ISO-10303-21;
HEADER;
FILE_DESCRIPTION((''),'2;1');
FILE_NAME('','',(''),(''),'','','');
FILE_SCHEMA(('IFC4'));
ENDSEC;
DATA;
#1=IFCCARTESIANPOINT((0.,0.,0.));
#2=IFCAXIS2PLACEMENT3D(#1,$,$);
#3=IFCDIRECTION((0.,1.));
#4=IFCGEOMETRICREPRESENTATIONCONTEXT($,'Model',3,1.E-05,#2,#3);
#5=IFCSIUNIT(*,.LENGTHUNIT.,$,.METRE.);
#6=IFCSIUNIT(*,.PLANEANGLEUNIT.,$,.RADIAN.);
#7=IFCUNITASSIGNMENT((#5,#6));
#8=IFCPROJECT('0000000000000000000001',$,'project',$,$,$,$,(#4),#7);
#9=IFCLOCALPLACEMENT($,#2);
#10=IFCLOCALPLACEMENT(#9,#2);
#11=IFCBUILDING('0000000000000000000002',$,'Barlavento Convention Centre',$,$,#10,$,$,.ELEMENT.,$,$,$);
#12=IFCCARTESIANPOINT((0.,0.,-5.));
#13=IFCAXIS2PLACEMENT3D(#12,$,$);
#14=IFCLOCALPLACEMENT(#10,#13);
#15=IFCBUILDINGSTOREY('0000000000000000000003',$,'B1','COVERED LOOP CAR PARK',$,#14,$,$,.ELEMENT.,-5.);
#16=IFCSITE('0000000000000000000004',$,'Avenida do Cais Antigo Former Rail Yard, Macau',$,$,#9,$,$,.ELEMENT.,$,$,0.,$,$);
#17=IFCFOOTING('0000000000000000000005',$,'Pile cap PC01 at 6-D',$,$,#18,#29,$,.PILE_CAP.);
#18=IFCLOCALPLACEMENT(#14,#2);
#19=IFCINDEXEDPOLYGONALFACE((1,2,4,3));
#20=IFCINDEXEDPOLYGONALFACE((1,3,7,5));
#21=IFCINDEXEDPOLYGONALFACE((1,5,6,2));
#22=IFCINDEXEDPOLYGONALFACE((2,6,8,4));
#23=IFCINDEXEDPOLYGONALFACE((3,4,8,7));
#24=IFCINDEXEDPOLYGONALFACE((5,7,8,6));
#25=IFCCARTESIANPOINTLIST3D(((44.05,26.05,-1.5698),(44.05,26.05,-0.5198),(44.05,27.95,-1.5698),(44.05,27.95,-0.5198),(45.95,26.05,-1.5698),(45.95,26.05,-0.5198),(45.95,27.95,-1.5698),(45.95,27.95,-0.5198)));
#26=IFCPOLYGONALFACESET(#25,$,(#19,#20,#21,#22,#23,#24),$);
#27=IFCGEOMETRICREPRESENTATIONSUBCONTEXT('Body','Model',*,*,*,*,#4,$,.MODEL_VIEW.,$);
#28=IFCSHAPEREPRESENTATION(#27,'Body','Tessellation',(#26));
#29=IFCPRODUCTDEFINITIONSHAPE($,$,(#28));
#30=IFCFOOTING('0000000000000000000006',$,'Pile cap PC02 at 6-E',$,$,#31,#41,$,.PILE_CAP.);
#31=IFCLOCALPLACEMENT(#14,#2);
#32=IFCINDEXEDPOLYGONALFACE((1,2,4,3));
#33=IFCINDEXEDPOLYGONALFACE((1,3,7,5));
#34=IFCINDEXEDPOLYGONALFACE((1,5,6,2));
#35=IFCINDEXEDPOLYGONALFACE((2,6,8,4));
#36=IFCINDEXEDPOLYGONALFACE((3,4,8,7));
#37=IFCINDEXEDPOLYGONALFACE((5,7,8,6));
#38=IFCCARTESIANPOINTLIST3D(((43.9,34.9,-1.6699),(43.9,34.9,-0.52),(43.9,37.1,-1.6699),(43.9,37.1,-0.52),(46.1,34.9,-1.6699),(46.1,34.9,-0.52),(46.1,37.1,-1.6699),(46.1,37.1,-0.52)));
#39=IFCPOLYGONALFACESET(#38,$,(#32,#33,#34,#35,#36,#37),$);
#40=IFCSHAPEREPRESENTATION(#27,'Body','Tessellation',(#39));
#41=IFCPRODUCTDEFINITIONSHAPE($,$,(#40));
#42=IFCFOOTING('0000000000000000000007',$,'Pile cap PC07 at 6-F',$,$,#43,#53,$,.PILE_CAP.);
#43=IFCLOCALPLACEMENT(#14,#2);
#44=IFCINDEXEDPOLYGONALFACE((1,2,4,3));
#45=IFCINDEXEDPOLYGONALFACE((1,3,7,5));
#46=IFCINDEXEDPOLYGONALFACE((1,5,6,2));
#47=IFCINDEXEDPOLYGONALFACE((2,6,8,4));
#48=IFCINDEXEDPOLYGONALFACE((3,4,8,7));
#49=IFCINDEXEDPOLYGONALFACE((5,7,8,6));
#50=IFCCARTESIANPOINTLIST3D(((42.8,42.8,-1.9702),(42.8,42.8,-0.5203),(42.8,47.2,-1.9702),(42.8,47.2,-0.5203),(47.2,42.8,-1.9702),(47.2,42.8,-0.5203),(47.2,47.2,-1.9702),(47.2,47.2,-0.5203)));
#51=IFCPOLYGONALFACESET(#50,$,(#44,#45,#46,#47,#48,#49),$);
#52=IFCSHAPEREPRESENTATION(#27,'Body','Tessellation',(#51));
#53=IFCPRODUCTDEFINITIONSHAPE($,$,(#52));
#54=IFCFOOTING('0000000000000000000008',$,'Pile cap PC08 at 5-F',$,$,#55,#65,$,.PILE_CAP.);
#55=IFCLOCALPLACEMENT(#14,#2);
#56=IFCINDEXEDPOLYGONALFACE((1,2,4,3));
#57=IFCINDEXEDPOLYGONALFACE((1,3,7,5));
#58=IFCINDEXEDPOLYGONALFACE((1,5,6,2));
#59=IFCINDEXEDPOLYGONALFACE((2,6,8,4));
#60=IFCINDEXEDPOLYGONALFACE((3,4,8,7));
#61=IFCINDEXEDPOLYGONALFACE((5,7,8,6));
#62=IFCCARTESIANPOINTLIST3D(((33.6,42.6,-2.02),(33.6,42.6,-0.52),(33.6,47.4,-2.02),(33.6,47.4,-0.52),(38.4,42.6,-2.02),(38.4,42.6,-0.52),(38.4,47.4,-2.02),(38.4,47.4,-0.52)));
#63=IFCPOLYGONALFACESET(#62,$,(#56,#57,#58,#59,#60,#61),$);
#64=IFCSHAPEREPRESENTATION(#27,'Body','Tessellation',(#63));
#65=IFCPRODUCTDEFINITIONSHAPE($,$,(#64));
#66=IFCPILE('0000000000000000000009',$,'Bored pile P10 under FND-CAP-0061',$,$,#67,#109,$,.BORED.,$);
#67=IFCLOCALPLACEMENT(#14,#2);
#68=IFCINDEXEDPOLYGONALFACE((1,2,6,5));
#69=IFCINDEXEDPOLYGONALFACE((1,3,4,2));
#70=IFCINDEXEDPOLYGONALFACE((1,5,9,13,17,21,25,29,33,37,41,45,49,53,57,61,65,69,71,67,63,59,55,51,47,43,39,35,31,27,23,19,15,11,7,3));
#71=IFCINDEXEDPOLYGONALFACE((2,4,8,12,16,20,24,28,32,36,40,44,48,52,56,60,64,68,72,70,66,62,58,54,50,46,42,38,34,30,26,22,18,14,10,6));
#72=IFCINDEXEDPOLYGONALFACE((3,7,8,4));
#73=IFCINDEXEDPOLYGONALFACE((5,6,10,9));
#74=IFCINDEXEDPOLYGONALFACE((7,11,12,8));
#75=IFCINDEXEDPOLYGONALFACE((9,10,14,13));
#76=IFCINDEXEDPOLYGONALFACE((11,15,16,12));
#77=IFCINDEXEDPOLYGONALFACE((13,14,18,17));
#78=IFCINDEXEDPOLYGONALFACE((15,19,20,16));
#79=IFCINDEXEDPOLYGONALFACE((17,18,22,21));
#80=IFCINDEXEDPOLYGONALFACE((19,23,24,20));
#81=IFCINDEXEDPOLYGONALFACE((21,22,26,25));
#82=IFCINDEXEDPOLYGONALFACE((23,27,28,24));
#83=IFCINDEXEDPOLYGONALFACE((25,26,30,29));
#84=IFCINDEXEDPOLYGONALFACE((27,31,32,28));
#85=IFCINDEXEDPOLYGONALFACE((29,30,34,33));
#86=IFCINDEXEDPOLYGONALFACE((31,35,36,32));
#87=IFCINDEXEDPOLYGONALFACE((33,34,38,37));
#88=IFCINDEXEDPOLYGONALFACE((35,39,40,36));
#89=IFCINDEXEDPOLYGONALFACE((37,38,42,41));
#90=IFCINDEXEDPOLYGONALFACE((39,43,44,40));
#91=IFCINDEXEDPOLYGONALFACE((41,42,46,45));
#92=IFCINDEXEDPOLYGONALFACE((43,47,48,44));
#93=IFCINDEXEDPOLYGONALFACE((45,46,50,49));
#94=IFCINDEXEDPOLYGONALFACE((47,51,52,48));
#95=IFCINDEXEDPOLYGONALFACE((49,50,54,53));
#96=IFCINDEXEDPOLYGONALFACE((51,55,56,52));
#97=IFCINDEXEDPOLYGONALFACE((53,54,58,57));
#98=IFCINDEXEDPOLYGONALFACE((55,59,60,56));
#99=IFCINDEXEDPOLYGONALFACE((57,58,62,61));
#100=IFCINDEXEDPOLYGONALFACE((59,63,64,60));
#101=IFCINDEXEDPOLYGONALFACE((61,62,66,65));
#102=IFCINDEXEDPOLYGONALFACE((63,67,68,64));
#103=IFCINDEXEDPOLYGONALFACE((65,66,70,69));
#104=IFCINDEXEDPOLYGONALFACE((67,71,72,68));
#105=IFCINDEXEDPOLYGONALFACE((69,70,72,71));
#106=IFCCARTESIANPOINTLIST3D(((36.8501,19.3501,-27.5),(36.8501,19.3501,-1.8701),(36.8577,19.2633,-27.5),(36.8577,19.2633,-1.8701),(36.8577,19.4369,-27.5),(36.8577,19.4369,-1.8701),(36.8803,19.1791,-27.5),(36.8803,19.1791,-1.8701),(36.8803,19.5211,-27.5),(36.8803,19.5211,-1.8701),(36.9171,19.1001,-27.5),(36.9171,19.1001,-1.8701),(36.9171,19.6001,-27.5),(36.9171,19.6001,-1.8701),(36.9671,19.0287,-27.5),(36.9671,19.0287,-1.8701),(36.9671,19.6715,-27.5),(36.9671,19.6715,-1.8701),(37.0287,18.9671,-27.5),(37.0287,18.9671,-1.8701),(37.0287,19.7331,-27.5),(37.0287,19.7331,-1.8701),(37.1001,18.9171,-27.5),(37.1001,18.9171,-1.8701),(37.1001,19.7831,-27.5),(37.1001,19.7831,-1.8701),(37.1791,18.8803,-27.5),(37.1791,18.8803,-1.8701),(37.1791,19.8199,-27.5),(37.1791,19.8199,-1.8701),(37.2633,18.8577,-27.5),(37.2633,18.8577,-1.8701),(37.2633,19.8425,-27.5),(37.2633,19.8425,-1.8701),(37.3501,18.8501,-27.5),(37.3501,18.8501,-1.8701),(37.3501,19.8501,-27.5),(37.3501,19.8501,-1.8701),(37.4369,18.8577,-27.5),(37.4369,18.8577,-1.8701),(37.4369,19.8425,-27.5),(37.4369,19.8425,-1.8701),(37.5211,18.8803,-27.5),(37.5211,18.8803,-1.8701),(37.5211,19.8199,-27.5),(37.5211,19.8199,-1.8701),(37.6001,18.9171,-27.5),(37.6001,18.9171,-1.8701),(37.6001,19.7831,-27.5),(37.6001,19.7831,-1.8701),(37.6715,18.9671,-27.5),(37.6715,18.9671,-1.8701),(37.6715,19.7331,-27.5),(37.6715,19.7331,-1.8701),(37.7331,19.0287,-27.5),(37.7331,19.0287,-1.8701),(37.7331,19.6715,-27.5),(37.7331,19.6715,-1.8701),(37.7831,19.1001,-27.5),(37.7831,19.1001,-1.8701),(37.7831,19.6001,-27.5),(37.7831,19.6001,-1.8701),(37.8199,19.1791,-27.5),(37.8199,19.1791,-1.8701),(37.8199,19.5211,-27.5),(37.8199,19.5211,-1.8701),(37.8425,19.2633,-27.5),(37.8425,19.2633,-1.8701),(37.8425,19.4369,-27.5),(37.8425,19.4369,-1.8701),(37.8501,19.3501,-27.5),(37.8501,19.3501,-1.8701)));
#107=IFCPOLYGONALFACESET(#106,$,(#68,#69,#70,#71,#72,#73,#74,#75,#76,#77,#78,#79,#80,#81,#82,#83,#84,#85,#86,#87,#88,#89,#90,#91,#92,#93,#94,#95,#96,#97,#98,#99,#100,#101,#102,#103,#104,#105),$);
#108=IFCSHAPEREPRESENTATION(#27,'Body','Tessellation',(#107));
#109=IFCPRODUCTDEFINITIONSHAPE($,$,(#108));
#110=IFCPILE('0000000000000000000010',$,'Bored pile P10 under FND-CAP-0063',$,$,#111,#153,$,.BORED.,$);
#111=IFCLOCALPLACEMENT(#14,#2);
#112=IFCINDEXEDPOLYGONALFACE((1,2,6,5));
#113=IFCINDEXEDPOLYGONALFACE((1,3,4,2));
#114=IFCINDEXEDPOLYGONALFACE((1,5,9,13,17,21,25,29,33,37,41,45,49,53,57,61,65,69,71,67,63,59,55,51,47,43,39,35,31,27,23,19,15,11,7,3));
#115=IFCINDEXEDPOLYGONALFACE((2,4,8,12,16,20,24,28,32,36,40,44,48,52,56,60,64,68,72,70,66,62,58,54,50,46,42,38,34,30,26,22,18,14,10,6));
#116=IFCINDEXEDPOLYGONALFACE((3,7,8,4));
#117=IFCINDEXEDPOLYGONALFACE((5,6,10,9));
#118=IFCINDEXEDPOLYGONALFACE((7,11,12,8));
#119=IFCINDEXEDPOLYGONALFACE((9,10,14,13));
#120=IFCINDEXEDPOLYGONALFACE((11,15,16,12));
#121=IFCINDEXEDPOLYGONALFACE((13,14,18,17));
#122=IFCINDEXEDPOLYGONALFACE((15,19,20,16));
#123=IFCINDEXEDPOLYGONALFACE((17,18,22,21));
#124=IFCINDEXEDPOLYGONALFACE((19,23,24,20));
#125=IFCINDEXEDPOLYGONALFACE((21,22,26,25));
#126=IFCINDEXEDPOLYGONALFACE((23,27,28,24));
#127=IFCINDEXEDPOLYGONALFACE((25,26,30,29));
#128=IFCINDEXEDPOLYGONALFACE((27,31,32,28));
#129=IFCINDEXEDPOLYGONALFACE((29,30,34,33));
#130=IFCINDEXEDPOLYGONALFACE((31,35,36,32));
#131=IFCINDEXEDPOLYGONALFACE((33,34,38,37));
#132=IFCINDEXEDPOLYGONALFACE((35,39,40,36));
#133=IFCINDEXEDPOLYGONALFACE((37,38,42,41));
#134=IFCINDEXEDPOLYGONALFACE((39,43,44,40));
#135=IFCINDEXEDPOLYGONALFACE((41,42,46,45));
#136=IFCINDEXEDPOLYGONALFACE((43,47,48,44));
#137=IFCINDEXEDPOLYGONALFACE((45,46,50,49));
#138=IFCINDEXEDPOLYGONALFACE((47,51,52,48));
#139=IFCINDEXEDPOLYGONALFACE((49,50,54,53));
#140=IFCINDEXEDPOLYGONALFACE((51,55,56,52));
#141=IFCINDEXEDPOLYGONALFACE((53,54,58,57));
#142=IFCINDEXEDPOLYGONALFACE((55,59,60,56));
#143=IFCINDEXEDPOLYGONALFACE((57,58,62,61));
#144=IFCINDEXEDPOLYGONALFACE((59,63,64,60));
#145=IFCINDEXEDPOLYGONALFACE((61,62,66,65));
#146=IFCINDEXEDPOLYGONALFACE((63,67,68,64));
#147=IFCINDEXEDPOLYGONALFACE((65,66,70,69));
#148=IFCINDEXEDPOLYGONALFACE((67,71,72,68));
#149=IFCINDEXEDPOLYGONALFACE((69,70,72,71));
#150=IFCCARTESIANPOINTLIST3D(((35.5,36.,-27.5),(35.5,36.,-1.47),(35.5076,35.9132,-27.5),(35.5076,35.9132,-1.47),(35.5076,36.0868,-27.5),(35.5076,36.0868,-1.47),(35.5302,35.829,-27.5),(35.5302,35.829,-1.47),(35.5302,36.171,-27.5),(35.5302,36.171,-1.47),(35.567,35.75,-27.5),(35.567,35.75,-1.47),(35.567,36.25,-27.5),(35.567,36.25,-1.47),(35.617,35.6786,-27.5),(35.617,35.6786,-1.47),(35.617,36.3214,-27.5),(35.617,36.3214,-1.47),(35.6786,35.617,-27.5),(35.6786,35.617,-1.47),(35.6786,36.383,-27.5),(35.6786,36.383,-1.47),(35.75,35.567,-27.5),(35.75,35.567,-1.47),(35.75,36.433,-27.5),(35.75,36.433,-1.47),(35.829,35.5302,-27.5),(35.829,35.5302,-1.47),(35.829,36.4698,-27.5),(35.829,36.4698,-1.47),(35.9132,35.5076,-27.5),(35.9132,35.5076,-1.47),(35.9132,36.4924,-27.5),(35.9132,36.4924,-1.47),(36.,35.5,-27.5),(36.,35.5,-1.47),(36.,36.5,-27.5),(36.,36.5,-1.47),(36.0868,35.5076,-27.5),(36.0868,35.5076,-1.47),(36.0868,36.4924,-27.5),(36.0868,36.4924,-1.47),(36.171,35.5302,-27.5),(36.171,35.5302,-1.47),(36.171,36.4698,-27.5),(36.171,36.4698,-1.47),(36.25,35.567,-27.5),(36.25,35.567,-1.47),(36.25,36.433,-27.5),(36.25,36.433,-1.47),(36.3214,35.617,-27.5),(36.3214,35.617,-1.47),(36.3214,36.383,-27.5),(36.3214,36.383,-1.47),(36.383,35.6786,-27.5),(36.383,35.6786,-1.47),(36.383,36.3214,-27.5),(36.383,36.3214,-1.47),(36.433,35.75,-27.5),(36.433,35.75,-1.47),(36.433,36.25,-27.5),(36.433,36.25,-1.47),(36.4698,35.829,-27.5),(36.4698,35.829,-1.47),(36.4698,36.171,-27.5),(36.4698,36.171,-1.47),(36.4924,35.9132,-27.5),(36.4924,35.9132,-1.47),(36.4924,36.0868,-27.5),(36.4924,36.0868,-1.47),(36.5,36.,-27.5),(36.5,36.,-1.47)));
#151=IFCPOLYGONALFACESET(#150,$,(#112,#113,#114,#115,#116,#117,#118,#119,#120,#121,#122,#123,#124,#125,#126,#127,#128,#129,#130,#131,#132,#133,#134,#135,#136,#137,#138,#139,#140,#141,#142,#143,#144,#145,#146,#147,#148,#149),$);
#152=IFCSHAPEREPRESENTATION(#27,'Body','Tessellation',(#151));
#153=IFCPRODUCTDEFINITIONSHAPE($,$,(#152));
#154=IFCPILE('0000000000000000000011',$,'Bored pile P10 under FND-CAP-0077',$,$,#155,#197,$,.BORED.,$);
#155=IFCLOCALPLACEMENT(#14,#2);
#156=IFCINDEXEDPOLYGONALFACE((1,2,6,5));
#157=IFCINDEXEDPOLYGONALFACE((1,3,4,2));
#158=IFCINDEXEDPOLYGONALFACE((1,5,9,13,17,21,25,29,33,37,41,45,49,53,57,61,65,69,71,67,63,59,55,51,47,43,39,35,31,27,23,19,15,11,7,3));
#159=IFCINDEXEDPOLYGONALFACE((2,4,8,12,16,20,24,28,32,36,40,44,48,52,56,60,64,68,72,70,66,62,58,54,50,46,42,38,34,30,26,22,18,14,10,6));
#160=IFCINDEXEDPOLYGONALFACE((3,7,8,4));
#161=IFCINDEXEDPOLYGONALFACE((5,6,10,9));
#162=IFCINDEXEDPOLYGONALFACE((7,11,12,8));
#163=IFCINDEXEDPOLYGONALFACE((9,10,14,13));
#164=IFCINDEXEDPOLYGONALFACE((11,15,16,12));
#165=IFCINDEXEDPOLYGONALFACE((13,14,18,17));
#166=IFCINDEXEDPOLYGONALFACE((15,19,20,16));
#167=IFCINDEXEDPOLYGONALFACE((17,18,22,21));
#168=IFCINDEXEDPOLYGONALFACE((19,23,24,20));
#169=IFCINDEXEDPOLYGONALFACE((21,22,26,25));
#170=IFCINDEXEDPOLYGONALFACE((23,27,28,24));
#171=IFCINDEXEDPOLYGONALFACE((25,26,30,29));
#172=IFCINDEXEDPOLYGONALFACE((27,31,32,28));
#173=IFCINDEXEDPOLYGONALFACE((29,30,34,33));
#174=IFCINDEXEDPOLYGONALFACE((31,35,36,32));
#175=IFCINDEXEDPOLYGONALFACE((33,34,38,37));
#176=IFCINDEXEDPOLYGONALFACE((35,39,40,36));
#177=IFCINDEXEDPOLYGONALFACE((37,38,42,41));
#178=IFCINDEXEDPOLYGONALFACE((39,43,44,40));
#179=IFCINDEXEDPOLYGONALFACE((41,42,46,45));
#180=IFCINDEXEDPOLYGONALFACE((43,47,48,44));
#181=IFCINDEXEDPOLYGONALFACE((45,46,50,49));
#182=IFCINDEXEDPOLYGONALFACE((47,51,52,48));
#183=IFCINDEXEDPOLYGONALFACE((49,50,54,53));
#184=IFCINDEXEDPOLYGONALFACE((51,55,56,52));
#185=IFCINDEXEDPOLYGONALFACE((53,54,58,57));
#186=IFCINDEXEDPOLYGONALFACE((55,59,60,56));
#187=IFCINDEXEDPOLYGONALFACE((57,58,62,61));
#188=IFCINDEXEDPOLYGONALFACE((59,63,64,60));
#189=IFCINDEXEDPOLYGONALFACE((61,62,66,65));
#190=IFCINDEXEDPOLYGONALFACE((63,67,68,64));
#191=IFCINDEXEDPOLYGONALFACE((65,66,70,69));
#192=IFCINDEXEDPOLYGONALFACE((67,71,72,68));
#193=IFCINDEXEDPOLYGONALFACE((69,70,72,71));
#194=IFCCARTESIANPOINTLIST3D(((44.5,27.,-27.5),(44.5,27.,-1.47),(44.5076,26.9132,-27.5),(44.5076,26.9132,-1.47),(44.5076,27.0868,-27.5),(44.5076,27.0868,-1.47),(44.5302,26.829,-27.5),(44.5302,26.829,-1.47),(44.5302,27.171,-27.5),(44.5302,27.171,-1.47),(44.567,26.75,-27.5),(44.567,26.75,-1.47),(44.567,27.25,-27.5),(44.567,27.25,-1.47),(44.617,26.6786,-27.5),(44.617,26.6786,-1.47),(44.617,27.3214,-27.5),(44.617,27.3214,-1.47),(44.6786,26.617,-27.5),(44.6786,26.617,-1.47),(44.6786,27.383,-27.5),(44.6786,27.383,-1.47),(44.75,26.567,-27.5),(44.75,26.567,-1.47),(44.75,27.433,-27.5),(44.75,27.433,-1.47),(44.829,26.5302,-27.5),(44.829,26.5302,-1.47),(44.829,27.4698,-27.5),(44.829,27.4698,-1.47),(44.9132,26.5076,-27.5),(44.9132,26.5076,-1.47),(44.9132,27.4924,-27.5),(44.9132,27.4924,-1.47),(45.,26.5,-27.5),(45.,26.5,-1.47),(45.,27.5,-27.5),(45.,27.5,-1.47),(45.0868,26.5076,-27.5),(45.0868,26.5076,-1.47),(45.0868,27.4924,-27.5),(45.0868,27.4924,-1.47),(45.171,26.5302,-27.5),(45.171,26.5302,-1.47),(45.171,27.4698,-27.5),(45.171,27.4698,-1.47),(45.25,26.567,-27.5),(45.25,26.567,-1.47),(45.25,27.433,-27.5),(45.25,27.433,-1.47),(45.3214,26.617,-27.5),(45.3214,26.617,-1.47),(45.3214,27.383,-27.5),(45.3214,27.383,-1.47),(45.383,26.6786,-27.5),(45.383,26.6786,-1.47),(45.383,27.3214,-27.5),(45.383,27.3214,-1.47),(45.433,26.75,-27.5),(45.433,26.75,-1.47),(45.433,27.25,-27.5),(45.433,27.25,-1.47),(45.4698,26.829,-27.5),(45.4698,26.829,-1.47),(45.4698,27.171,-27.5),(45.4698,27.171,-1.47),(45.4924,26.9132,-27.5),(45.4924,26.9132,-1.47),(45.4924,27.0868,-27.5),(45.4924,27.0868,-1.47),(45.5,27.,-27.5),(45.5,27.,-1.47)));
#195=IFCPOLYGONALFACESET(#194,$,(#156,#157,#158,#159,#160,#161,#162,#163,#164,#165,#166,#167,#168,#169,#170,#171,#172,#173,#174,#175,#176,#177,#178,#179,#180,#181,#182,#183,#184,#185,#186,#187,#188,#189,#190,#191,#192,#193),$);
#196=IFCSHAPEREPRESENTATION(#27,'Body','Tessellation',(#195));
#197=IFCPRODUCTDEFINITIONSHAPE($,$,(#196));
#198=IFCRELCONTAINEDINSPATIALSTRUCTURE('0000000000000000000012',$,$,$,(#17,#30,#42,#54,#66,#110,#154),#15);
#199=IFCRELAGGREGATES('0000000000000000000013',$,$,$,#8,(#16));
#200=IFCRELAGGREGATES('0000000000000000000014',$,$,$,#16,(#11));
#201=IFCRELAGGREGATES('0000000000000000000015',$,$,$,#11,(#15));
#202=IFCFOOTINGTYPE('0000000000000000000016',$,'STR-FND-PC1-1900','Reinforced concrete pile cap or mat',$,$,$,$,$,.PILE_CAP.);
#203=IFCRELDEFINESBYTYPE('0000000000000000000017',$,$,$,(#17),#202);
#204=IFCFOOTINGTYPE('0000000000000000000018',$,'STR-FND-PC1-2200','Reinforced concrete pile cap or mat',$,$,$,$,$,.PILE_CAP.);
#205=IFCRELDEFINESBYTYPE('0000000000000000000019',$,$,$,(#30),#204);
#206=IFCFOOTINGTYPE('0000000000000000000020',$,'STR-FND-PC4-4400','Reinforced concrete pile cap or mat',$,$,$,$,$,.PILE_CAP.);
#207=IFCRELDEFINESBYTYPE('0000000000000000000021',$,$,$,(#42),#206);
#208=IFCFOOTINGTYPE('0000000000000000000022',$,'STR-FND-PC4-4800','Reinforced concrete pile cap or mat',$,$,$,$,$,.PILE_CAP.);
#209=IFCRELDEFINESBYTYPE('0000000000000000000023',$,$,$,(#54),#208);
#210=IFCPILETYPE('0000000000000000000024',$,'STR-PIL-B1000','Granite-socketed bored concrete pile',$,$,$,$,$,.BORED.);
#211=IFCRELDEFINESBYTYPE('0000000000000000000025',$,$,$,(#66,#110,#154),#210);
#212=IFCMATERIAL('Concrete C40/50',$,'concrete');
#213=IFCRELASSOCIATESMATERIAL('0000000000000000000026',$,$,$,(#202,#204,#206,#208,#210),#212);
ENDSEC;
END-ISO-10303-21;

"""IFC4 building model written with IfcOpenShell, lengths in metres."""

from ifc_helpers import new_model, si_unit, direction, frame, origin, origin_2d, place, context, subcontext, project, spatial, rectangle, circle, extrude, material, material_profile, profile_set, type_object, element, save


model = new_model("IFC4")

# Units and contexts
model_context = context("Model", 3, precision=1e-05, world=origin(), true_north=direction((0.0, 1.0)))
body_context = subcontext(model_context, "Body", "Model", "MODEL_VIEW")
ifc_project = project(units=[si_unit("LENGTHUNIT", "METRE"), si_unit("PLANEANGLEUNIT", "RADIAN")], contexts=[model_context])

# Site, building, storey
site_placement = place(None, origin())
site = spatial("IfcSite", under=ifc_project, at=site_placement, Name="Avenida do Cais Antigo Former Rail Yard, Macau", CompositionType="ELEMENT", RefElevation=0.0)
building_placement = place(site_placement, origin())
building = spatial("IfcBuilding", under=site, at=building_placement, Name="Barlavento Convention Centre", CompositionType="ELEMENT")
storey_placement = place(building_placement, frame((0.0, 0.0, -5.0)))
storey = spatial("IfcBuildingStorey", under=building, at=storey_placement, Name="B1", Description="COVERED LOOP CAR PARK", CompositionType="ELEMENT", Elevation=-5.0)

# Footings
ifc_material_1 = material(Name="Concrete C40/50", Category="concrete")
footing_type_1 = type_object("IfcFootingType", Name="STR-FND-PC1-1900", Description="Reinforced concrete pile cap or mat", PredefinedType="PILE_CAP", material=ifc_material_1)
footing_1_placement = place(storey_placement, frame((45.0, 27.0, -1.5698), z_axis=(0.0, 0.0, 1.0), x_axis=(1.0, 0.0, 0.0)))
element("IfcFooting", 1, at=footing_1_placement, inside=storey, type_object=footing_type_1, Name="Pile cap PC01 at 6-D", PredefinedType="PILE_CAP", context=body_context, shape_type="SweptSolid", body=[
    extrude(rectangle(XDim=1.8999, YDim=1.8999, at=origin_2d()), origin(), (0.0, 0.0, 1.0), 1.05),
])
footing_type_2 = type_object("IfcFootingType", Name="STR-FND-PC1-2200", Description="Reinforced concrete pile cap or mat", PredefinedType="PILE_CAP", material=ifc_material_1)
footing_2_placement = place(storey_placement, frame((45.0, 36.0, -1.6699), z_axis=(0.0, 0.0, 1.0), x_axis=(1.0, 0.0, 0.0)))
element("IfcFooting", 2, at=footing_2_placement, inside=storey, type_object=footing_type_2, Name="Pile cap PC02 at 6-E", PredefinedType="PILE_CAP", context=body_context, shape_type="SweptSolid", body=[
    extrude(rectangle(XDim=2.2, YDim=2.2, at=origin_2d()), origin(), (0.0, 0.0, 1.0), 1.1499),
])
footing_type_3 = type_object("IfcFootingType", Name="STR-FND-PC4-4400", Description="Reinforced concrete pile cap or mat", PredefinedType="PILE_CAP", material=ifc_material_1)
footing_3_placement = place(storey_placement, frame((45.0, 45.0, -1.9702), z_axis=(0.0, 0.0, 1.0), x_axis=(1.0, 0.0, 0.0)))
element("IfcFooting", 3, at=footing_3_placement, inside=storey, type_object=footing_type_3, Name="Pile cap PC07 at 6-F", PredefinedType="PILE_CAP", context=body_context, shape_type="SweptSolid", body=[
    extrude(rectangle(XDim=4.3999, YDim=4.3999, at=origin_2d()), origin(), (0.0, 0.0, 1.0), 1.45),
])
footing_type_4 = type_object("IfcFootingType", Name="STR-FND-PC4-4800", Description="Reinforced concrete pile cap or mat", PredefinedType="PILE_CAP", material=ifc_material_1)
footing_4_placement = place(storey_placement, frame((36.0, 45.0, -2.02), z_axis=(0.0, 0.0, 1.0), x_axis=(1.0, 0.0, 0.0)))
element("IfcFooting", 4, at=footing_4_placement, inside=storey, type_object=footing_type_4, Name="Pile cap PC08 at 5-F", PredefinedType="PILE_CAP", context=body_context, shape_type="SweptSolid", body=[
    extrude(rectangle(XDim=4.8, YDim=4.8, at=origin_2d()), origin(), (0.0, 0.0, 1.0), 1.5),
])

# Piles
ifc_material_profile_1 = material_profile(ifc_material_1, circle(Radius=0.5, at=origin_2d()), Name="BORED PILE 1000")
ifc_profile_set_1 = profile_set([ifc_material_profile_1], Name="Concrete C40/50")
pile_type_1 = type_object("IfcPileType", Name="STR-PIL-B1000", Description="Granite-socketed bored concrete pile", PredefinedType="BORED", material=ifc_profile_set_1)
pile_1_placement = place(storey_placement, frame((37.3501, 19.3501, -1.8701), z_axis=(0.0, 0.0, -1.0), x_axis=(1.0, 0.0, 0.0)))
element("IfcPile", 5, at=pile_1_placement, inside=storey, type_object=pile_type_1, Name="Bored pile P10 under FND-CAP-0061", PredefinedType="BORED", context=body_context, shape_type="SweptSolid", body=[
    extrude(circle(Radius=0.5, at=origin_2d()), origin(), (0.0, 0.0, 1.0), 25.6299),
])
for number, where, z_axis, x_axis, name in (
    (6, (36.0, 36.0, -1.47), (0.0, 0.0, -1.0), (1.0, 0.0, 0.0), "Bored pile P10 under FND-CAP-0063"),
    (7, (45.0, 27.0, -1.47), (0.0, 0.0, -1.0), (1.0, 0.0, 0.0), "Bored pile P10 under FND-CAP-0077"),
):
    element("IfcPile", number, at=place(storey_placement, frame(where, z_axis=z_axis, x_axis=x_axis)), inside=storey, type_object=pile_type_1, Name=name, PredefinedType="BORED", context=body_context, shape_type="SweptSolid", body=[
        extrude(circle(Radius=0.5, at=origin_2d()), origin(), (0.0, 0.0, 1.0), 26.03),
    ])

save(model, "model.ifc")
